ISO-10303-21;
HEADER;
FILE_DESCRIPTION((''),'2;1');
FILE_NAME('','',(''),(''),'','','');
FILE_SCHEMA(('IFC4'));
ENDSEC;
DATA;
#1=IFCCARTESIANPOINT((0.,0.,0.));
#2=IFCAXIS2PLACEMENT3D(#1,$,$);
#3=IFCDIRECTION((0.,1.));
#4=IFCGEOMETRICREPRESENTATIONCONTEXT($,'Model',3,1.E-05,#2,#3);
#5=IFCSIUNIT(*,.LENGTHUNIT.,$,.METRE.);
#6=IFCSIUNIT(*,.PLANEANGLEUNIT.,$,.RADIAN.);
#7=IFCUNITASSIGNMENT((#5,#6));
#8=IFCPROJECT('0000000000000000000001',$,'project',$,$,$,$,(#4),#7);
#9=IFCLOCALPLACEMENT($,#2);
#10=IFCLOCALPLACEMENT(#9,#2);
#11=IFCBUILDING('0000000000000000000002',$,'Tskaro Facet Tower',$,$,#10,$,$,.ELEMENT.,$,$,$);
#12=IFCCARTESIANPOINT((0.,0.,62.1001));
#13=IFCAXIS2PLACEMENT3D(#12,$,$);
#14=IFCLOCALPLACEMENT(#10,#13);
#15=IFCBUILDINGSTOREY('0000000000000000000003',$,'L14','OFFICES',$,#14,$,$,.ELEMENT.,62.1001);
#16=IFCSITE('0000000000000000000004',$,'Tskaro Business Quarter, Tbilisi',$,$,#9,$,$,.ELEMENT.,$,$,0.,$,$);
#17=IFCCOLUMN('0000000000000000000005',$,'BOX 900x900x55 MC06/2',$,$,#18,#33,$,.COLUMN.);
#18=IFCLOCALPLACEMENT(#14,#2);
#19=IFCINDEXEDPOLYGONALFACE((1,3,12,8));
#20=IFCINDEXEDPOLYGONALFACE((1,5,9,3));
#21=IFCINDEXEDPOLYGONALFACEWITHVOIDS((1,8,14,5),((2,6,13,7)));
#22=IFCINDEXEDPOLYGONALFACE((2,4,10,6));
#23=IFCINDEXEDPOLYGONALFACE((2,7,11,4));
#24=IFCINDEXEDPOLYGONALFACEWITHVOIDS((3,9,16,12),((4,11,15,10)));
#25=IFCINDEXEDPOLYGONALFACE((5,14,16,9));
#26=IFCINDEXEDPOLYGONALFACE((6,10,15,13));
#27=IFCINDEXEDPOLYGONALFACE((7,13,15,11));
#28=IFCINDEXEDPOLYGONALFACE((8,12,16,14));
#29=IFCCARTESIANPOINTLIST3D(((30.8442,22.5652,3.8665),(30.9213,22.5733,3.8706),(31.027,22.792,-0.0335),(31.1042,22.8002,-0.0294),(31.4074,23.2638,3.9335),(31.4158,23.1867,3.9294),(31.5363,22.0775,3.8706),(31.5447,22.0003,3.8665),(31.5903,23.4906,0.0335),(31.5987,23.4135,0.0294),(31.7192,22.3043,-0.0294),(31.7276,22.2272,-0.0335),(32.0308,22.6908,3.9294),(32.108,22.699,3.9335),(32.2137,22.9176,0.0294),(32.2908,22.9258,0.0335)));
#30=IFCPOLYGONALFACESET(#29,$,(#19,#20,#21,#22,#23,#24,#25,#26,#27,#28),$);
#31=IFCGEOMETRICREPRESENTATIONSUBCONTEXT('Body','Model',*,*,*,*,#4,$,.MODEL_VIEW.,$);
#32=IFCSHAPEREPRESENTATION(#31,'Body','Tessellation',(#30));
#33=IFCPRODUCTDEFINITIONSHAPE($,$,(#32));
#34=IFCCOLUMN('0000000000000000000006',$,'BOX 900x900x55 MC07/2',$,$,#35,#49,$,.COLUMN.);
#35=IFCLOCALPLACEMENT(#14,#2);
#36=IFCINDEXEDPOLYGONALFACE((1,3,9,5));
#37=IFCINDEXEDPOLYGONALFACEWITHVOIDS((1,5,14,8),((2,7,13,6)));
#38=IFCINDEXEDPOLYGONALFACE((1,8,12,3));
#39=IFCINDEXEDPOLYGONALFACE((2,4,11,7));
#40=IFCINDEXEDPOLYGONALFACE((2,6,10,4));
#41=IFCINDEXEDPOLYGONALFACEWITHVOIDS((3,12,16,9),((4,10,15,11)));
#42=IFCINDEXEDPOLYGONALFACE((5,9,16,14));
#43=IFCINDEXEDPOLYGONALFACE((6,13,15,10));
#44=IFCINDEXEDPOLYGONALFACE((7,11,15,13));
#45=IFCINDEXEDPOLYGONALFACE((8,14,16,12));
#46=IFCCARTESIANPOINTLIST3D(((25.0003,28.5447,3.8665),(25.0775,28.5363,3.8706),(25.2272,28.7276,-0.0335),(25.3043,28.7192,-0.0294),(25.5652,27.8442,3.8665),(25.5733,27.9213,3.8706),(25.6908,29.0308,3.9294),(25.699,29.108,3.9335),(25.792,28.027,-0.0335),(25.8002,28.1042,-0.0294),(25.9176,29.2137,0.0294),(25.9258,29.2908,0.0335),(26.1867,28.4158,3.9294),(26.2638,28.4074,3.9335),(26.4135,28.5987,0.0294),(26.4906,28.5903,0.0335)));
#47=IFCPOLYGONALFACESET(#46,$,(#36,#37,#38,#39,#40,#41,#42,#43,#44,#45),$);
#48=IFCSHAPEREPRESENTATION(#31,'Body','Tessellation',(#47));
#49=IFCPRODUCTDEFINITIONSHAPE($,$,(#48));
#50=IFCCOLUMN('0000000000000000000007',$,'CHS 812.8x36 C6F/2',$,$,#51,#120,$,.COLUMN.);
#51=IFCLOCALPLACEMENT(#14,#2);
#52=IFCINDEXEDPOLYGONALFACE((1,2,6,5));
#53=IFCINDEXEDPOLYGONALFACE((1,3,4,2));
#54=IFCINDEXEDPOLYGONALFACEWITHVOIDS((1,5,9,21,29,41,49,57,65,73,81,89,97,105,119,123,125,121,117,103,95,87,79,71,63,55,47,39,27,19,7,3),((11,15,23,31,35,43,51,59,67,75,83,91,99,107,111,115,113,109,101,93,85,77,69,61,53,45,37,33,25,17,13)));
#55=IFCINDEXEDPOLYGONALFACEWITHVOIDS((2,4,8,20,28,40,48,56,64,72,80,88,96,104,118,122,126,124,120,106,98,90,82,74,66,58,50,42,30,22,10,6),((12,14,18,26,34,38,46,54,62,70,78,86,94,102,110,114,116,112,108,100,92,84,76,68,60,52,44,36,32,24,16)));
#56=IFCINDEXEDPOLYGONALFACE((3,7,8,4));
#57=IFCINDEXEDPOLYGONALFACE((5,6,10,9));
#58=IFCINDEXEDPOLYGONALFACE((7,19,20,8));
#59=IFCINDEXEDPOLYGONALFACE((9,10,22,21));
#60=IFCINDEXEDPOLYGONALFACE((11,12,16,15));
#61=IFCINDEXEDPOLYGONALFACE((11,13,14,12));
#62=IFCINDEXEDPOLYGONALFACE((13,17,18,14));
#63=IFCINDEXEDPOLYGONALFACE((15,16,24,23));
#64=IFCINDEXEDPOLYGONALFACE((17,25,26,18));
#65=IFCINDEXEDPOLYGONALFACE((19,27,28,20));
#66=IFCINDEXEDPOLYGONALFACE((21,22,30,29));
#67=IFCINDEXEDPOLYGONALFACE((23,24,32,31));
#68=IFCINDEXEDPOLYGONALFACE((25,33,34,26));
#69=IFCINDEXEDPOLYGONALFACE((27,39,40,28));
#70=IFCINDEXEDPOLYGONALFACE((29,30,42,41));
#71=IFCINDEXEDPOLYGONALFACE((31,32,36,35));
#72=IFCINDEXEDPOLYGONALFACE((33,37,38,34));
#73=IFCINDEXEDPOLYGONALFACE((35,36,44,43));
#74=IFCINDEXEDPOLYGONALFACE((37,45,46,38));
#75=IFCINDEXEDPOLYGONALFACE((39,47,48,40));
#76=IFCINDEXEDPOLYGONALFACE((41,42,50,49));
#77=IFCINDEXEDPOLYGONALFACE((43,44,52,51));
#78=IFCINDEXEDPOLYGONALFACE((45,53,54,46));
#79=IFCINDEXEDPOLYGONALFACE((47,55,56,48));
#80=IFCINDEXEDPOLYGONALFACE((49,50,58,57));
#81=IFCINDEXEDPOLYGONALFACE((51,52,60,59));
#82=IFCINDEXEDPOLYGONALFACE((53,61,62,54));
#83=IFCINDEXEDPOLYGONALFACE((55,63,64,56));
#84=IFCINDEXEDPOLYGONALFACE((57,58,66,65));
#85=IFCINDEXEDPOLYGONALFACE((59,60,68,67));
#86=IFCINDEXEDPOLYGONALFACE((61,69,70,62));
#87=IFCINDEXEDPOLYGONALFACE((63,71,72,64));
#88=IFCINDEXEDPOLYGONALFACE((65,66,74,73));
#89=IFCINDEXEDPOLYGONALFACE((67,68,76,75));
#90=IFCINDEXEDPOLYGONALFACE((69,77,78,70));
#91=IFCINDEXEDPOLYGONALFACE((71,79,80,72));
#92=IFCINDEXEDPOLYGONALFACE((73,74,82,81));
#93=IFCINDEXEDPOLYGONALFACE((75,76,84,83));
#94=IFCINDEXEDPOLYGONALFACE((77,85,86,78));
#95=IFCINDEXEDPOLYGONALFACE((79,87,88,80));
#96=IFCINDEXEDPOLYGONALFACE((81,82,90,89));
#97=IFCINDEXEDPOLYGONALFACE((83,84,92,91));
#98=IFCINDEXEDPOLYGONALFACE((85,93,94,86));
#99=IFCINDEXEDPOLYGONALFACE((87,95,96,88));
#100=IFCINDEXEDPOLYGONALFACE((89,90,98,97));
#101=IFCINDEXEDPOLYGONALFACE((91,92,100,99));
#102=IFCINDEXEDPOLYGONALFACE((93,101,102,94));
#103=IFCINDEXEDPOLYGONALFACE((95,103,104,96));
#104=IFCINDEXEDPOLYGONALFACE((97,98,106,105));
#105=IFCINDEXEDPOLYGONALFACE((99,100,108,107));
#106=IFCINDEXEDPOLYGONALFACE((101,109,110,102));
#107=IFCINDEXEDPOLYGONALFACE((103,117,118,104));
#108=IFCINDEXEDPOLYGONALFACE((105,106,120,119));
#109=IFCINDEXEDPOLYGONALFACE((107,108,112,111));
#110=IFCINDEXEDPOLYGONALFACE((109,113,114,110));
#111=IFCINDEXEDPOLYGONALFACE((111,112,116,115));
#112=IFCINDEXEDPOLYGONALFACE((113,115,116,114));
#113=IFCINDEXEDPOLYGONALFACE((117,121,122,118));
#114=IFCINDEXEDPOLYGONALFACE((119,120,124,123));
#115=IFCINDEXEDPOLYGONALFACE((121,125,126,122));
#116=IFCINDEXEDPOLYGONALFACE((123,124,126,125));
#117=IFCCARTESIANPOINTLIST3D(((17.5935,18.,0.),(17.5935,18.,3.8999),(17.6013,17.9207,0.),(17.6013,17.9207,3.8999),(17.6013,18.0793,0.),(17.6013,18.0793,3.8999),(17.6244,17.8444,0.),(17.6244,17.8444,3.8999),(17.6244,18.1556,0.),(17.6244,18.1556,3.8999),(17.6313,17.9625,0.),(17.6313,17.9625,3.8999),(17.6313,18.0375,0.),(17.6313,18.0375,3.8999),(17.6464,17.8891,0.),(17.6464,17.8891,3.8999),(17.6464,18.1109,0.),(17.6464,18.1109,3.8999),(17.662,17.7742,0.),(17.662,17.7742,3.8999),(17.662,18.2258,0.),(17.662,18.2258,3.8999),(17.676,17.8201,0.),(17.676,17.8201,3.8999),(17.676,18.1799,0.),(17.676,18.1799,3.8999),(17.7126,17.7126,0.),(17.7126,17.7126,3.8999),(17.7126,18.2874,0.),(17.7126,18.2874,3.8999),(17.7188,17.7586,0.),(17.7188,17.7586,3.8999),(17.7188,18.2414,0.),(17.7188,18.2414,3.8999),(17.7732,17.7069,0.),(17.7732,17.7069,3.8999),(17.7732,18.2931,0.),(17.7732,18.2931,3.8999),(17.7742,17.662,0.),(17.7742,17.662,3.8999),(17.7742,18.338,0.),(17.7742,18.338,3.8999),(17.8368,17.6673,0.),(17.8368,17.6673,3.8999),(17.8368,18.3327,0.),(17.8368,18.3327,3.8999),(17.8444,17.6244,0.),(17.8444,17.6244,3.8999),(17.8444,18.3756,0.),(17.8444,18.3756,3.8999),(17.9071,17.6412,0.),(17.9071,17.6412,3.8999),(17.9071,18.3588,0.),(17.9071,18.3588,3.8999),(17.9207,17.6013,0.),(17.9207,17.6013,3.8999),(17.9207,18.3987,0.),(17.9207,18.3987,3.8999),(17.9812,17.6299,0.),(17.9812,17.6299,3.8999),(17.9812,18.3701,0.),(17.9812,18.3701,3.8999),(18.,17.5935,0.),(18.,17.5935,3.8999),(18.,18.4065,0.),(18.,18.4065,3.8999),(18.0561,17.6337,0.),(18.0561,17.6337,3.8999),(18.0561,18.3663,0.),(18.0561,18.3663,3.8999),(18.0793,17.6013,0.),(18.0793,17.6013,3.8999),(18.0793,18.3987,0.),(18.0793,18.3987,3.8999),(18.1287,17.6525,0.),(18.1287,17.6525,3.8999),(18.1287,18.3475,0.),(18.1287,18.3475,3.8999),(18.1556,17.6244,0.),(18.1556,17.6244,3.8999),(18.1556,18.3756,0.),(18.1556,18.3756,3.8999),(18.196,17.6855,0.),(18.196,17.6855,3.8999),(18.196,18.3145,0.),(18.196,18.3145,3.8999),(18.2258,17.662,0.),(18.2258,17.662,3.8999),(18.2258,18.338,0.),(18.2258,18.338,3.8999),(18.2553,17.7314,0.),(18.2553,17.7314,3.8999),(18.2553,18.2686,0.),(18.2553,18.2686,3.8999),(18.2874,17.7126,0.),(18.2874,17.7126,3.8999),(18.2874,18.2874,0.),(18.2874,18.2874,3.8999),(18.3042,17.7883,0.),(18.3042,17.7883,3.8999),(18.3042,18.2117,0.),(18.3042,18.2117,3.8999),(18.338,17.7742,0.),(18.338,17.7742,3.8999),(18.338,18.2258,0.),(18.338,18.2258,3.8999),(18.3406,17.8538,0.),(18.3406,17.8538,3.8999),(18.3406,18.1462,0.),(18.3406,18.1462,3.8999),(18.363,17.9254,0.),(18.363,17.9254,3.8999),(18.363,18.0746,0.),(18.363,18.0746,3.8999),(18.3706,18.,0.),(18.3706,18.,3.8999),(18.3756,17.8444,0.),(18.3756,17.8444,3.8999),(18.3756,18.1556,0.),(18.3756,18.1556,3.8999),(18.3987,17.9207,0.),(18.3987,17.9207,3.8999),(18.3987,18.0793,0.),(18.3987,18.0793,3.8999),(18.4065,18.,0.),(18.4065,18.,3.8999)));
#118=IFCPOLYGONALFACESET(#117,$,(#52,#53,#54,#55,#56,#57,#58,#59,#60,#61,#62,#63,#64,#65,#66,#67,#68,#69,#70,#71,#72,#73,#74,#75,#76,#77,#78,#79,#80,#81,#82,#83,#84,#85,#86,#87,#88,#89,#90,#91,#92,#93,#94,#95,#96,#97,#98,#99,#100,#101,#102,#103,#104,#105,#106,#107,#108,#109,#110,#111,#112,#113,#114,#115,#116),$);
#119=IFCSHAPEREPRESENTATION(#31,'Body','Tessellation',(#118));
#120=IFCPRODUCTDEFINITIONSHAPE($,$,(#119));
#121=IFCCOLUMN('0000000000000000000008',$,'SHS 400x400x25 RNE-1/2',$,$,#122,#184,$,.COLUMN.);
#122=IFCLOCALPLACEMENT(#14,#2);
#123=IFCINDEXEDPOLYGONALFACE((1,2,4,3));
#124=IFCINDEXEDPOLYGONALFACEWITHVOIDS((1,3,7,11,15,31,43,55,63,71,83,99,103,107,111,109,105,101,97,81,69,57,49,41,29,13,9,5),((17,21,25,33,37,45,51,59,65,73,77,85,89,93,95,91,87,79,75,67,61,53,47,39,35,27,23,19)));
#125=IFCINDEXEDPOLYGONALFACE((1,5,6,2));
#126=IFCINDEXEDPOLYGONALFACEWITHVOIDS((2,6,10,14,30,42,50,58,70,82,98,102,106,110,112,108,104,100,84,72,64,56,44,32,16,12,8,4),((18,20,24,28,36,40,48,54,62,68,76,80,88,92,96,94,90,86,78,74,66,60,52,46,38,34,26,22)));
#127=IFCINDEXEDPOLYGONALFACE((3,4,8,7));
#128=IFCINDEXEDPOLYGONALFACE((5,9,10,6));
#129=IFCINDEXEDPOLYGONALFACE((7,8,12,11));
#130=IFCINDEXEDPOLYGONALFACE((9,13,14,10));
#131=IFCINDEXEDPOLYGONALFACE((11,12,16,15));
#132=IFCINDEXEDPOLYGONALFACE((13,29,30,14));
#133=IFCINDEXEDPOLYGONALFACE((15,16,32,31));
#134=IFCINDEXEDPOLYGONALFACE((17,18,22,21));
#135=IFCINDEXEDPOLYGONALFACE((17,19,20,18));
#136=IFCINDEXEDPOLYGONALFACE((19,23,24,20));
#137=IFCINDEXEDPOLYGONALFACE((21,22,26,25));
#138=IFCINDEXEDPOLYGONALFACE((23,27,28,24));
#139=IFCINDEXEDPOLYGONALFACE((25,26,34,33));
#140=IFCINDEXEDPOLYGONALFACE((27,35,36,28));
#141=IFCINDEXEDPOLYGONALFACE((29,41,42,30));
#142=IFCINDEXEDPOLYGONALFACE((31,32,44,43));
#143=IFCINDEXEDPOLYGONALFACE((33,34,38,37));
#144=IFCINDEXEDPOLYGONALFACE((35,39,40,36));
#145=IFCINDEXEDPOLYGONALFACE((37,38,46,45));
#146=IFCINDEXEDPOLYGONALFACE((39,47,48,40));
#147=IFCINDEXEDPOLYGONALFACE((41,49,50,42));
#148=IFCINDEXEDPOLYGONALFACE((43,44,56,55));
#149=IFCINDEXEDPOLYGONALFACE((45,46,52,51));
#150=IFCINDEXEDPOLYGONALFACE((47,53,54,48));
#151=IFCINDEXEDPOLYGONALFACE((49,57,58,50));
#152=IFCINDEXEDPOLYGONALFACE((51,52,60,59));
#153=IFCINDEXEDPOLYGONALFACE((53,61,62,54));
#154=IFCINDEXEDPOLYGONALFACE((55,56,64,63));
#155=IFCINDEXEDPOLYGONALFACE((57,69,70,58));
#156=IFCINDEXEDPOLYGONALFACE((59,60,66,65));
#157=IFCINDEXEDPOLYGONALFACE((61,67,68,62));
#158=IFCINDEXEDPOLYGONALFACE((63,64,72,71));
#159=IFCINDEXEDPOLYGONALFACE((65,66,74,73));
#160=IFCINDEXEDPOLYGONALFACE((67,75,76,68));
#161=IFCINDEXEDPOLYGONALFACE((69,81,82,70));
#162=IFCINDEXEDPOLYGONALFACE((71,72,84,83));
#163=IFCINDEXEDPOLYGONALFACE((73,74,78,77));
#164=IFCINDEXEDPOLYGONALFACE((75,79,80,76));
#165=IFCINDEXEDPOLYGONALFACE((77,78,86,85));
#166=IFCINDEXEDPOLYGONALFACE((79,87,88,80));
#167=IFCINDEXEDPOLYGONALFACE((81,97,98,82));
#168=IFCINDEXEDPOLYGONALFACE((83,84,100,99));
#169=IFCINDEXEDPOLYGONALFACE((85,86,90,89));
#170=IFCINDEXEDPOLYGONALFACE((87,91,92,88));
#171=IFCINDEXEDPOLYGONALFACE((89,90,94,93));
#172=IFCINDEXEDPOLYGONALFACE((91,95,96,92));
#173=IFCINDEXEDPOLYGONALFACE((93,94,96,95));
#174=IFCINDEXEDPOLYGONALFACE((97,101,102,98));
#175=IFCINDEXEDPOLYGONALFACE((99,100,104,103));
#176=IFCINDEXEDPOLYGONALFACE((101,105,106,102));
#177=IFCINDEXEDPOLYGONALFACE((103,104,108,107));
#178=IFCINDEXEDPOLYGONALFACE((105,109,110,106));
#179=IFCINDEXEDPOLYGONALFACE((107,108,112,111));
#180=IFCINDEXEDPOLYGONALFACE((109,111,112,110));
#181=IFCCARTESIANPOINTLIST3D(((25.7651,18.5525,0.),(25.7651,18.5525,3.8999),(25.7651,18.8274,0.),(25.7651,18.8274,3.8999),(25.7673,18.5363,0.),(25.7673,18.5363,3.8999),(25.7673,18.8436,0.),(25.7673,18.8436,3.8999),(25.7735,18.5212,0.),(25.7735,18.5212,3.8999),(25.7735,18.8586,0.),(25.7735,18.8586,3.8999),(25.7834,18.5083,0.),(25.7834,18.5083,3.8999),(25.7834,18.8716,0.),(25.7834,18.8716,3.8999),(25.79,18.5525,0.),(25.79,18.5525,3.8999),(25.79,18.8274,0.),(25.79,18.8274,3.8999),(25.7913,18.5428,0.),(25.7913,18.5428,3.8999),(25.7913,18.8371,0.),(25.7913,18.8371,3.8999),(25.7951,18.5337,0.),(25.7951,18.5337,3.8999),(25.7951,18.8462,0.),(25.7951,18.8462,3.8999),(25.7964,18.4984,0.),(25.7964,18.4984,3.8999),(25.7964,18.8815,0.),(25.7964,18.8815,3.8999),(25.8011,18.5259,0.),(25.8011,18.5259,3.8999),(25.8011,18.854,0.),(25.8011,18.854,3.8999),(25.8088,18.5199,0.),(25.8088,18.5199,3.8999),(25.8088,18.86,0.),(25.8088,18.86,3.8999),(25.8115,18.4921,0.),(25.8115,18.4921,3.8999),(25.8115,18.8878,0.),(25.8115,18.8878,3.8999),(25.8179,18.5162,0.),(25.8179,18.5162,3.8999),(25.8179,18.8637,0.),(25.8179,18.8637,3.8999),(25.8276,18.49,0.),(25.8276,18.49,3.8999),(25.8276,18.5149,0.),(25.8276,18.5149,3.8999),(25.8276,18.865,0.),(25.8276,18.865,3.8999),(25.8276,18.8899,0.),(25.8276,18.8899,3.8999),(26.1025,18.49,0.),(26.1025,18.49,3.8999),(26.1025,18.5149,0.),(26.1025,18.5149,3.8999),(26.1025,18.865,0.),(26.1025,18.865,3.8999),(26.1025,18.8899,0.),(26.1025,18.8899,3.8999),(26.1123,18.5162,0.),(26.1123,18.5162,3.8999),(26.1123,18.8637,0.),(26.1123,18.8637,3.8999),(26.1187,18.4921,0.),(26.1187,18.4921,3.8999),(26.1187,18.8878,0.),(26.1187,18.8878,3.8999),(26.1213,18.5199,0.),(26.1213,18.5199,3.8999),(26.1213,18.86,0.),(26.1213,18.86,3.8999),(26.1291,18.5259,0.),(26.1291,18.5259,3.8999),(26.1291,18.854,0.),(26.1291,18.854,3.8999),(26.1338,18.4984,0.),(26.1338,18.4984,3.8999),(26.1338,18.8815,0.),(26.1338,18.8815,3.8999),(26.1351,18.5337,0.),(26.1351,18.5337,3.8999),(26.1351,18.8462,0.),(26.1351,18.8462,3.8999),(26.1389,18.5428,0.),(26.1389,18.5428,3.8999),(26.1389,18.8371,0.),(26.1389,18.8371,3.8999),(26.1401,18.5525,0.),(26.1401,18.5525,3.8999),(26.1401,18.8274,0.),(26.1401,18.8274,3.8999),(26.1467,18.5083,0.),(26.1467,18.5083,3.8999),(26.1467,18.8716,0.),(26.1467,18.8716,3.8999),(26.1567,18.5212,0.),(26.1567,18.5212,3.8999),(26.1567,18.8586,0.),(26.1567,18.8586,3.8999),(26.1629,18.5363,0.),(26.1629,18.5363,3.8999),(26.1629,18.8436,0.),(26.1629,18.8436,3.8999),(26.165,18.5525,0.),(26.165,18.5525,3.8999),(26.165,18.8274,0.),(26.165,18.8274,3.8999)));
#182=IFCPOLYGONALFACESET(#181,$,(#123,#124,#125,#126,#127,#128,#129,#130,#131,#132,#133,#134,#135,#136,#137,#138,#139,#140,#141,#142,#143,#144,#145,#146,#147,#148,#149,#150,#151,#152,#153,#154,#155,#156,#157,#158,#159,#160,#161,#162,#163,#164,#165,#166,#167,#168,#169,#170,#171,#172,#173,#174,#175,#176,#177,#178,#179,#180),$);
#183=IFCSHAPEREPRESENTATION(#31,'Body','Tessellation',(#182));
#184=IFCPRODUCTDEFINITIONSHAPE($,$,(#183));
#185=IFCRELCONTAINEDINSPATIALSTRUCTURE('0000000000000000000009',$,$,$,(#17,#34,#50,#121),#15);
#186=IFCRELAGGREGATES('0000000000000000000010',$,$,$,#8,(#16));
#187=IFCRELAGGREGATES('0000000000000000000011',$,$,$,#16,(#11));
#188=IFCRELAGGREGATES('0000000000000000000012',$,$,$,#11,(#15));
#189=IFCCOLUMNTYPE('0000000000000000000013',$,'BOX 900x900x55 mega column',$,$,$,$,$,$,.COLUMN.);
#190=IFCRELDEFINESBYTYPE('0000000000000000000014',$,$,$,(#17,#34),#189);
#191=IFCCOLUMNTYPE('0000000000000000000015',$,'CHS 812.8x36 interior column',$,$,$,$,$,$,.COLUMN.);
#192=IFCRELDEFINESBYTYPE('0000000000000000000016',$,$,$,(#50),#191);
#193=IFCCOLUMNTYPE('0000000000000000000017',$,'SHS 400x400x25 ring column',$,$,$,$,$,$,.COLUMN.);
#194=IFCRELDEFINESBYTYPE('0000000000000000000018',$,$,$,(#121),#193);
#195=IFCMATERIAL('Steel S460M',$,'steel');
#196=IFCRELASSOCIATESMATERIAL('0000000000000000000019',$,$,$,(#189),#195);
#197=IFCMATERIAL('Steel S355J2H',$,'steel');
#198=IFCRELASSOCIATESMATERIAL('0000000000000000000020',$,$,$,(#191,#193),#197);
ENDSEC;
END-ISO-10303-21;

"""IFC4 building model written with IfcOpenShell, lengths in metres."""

from ifc_helpers import new_model, si_unit, direction, frame, origin, origin_2d, place, context, subcontext, project, spatial, hollow_rectangle, hollow_circle, extrude, material, material_profile, profile_set, type_object, element, save


model = new_model("IFC4")

# Units and contexts
model_context = context("Model", 3, precision=1e-05, world=origin(), true_north=direction((0.0, 1.0)))
body_context = subcontext(model_context, "Body", "Model", "MODEL_VIEW")
ifc_project = project(units=[si_unit("LENGTHUNIT", "METRE"), si_unit("PLANEANGLEUNIT", "RADIAN")], contexts=[model_context])

# Site, building, storey
site_placement = place(None, origin())
site = spatial("IfcSite", under=ifc_project, at=site_placement, Name="Tskaro Business Quarter, Tbilisi", CompositionType="ELEMENT", RefElevation=0.0)
building_placement = place(site_placement, origin())
building = spatial("IfcBuilding", under=site, at=building_placement, Name="Tskaro Facet Tower", CompositionType="ELEMENT")
storey_placement = place(building_placement, frame((0.0, 0.0, 62.1001)))
storey = spatial("IfcBuildingStorey", under=building, at=storey_placement, Name="L14", Description="OFFICES", CompositionType="ELEMENT", Elevation=62.1001)

# Columns
ifc_material_1 = material(Name="Steel S460M", Category="steel")
ifc_material_profile_1 = material_profile(ifc_material_1, hollow_rectangle(XDim=0.8999, YDim=0.8999, WallThickness=0.0549, at=origin_2d()), Name="BOX 900x900x55")
ifc_profile_set_1 = profile_set([ifc_material_profile_1], Name="Steel S460M")
column_type_1 = type_object("IfcColumnType", Name="BOX 900x900x55 mega column", PredefinedType="COLUMN", material=ifc_profile_set_1)
for number, where, z_axis, x_axis, name in (
    (1, (31.6589, 22.8589, 0.0), (-0.046758, -0.057995, 0.997221), (0.778492, -0.627654, 0.0), "BOX 900x900x55 MC06/2"),
    (2, (25.8589, 28.6589, 0.0), (-0.057995, -0.046758, 0.997221), (0.627654, -0.778492, 0.0), "BOX 900x900x55 MC07/2"),
):
    element("IfcColumn", number, at=place(storey_placement, frame(where, z_axis=z_axis, x_axis=x_axis)), inside=storey, type_object=column_type_1, Name=name, PredefinedType="COLUMN", context=body_context, shape_type="SweptSolid", body=[
        extrude(hollow_rectangle(XDim=0.8999, YDim=0.8999, WallThickness=0.0549, at=origin_2d()), origin(), (0.0, 0.0, 1.0), 3.9109),
    ])
ifc_material_2 = material(Name="Steel S355J2H", Category="steel")
ifc_material_profile_2 = material_profile(ifc_material_2, hollow_circle(Radius=0.4065, WallThickness=0.0359, at=origin_2d()), Name="CHS 812.8x36")
ifc_profile_set_2 = profile_set([ifc_material_profile_2], Name="Steel S355J2H")
column_type_2 = type_object("IfcColumnType", Name="CHS 812.8x36 interior column", PredefinedType="COLUMN", material=ifc_profile_set_2)
column_placement = place(storey_placement, frame((18.0, 18.0, 0.0), z_axis=(0.0, 0.0, 1.0), x_axis=(1.0, 0.0, 0.0)))
element("IfcColumn", 3, at=column_placement, inside=storey, type_object=column_type_2, Name="CHS 812.8x36 C6F/2", PredefinedType="COLUMN", context=body_context, shape_type="SweptSolid", body=[
    extrude(hollow_circle(Radius=0.4065, WallThickness=0.0359, at=origin_2d()), origin(), (0.0, 0.0, 1.0), 3.8999),
])
ifc_material_profile_3 = material_profile(ifc_material_2, hollow_rectangle(XDim=0.3999, YDim=0.3999, WallThickness=0.0249, InnerFilletRadius=0.0376, OuterFilletRadius=0.0625, at=origin_2d()), Name="SHS 400x400x25")
ifc_profile_set_3 = profile_set([ifc_material_profile_3], Name="Steel S355J2H")
column_type_3 = type_object("IfcColumnType", Name="SHS 400x400x25 ring column", PredefinedType="COLUMN", material=ifc_profile_set_3)
for number, where, z_axis, x_axis, name in (
    (4, (25.9651, 18.6899, 0.0), (0.0, 0.0, 1.0), (1.0, 0.0, 0.0), "SHS 400x400x25 RNE-1/2"),
):
    element("IfcColumn", number, at=place(storey_placement, frame(where, z_axis=z_axis, x_axis=x_axis)), inside=storey, type_object=column_type_3, Name=name, PredefinedType="COLUMN", context=body_context, shape_type="SweptSolid", body=[
        extrude(hollow_rectangle(XDim=0.3999, YDim=0.3999, WallThickness=0.0249, InnerFilletRadius=0.0376, OuterFilletRadius=0.0625, at=origin_2d()), origin(), (0.0, 0.0, 1.0), 3.8999),
    ])

save(model, "model.ifc")
